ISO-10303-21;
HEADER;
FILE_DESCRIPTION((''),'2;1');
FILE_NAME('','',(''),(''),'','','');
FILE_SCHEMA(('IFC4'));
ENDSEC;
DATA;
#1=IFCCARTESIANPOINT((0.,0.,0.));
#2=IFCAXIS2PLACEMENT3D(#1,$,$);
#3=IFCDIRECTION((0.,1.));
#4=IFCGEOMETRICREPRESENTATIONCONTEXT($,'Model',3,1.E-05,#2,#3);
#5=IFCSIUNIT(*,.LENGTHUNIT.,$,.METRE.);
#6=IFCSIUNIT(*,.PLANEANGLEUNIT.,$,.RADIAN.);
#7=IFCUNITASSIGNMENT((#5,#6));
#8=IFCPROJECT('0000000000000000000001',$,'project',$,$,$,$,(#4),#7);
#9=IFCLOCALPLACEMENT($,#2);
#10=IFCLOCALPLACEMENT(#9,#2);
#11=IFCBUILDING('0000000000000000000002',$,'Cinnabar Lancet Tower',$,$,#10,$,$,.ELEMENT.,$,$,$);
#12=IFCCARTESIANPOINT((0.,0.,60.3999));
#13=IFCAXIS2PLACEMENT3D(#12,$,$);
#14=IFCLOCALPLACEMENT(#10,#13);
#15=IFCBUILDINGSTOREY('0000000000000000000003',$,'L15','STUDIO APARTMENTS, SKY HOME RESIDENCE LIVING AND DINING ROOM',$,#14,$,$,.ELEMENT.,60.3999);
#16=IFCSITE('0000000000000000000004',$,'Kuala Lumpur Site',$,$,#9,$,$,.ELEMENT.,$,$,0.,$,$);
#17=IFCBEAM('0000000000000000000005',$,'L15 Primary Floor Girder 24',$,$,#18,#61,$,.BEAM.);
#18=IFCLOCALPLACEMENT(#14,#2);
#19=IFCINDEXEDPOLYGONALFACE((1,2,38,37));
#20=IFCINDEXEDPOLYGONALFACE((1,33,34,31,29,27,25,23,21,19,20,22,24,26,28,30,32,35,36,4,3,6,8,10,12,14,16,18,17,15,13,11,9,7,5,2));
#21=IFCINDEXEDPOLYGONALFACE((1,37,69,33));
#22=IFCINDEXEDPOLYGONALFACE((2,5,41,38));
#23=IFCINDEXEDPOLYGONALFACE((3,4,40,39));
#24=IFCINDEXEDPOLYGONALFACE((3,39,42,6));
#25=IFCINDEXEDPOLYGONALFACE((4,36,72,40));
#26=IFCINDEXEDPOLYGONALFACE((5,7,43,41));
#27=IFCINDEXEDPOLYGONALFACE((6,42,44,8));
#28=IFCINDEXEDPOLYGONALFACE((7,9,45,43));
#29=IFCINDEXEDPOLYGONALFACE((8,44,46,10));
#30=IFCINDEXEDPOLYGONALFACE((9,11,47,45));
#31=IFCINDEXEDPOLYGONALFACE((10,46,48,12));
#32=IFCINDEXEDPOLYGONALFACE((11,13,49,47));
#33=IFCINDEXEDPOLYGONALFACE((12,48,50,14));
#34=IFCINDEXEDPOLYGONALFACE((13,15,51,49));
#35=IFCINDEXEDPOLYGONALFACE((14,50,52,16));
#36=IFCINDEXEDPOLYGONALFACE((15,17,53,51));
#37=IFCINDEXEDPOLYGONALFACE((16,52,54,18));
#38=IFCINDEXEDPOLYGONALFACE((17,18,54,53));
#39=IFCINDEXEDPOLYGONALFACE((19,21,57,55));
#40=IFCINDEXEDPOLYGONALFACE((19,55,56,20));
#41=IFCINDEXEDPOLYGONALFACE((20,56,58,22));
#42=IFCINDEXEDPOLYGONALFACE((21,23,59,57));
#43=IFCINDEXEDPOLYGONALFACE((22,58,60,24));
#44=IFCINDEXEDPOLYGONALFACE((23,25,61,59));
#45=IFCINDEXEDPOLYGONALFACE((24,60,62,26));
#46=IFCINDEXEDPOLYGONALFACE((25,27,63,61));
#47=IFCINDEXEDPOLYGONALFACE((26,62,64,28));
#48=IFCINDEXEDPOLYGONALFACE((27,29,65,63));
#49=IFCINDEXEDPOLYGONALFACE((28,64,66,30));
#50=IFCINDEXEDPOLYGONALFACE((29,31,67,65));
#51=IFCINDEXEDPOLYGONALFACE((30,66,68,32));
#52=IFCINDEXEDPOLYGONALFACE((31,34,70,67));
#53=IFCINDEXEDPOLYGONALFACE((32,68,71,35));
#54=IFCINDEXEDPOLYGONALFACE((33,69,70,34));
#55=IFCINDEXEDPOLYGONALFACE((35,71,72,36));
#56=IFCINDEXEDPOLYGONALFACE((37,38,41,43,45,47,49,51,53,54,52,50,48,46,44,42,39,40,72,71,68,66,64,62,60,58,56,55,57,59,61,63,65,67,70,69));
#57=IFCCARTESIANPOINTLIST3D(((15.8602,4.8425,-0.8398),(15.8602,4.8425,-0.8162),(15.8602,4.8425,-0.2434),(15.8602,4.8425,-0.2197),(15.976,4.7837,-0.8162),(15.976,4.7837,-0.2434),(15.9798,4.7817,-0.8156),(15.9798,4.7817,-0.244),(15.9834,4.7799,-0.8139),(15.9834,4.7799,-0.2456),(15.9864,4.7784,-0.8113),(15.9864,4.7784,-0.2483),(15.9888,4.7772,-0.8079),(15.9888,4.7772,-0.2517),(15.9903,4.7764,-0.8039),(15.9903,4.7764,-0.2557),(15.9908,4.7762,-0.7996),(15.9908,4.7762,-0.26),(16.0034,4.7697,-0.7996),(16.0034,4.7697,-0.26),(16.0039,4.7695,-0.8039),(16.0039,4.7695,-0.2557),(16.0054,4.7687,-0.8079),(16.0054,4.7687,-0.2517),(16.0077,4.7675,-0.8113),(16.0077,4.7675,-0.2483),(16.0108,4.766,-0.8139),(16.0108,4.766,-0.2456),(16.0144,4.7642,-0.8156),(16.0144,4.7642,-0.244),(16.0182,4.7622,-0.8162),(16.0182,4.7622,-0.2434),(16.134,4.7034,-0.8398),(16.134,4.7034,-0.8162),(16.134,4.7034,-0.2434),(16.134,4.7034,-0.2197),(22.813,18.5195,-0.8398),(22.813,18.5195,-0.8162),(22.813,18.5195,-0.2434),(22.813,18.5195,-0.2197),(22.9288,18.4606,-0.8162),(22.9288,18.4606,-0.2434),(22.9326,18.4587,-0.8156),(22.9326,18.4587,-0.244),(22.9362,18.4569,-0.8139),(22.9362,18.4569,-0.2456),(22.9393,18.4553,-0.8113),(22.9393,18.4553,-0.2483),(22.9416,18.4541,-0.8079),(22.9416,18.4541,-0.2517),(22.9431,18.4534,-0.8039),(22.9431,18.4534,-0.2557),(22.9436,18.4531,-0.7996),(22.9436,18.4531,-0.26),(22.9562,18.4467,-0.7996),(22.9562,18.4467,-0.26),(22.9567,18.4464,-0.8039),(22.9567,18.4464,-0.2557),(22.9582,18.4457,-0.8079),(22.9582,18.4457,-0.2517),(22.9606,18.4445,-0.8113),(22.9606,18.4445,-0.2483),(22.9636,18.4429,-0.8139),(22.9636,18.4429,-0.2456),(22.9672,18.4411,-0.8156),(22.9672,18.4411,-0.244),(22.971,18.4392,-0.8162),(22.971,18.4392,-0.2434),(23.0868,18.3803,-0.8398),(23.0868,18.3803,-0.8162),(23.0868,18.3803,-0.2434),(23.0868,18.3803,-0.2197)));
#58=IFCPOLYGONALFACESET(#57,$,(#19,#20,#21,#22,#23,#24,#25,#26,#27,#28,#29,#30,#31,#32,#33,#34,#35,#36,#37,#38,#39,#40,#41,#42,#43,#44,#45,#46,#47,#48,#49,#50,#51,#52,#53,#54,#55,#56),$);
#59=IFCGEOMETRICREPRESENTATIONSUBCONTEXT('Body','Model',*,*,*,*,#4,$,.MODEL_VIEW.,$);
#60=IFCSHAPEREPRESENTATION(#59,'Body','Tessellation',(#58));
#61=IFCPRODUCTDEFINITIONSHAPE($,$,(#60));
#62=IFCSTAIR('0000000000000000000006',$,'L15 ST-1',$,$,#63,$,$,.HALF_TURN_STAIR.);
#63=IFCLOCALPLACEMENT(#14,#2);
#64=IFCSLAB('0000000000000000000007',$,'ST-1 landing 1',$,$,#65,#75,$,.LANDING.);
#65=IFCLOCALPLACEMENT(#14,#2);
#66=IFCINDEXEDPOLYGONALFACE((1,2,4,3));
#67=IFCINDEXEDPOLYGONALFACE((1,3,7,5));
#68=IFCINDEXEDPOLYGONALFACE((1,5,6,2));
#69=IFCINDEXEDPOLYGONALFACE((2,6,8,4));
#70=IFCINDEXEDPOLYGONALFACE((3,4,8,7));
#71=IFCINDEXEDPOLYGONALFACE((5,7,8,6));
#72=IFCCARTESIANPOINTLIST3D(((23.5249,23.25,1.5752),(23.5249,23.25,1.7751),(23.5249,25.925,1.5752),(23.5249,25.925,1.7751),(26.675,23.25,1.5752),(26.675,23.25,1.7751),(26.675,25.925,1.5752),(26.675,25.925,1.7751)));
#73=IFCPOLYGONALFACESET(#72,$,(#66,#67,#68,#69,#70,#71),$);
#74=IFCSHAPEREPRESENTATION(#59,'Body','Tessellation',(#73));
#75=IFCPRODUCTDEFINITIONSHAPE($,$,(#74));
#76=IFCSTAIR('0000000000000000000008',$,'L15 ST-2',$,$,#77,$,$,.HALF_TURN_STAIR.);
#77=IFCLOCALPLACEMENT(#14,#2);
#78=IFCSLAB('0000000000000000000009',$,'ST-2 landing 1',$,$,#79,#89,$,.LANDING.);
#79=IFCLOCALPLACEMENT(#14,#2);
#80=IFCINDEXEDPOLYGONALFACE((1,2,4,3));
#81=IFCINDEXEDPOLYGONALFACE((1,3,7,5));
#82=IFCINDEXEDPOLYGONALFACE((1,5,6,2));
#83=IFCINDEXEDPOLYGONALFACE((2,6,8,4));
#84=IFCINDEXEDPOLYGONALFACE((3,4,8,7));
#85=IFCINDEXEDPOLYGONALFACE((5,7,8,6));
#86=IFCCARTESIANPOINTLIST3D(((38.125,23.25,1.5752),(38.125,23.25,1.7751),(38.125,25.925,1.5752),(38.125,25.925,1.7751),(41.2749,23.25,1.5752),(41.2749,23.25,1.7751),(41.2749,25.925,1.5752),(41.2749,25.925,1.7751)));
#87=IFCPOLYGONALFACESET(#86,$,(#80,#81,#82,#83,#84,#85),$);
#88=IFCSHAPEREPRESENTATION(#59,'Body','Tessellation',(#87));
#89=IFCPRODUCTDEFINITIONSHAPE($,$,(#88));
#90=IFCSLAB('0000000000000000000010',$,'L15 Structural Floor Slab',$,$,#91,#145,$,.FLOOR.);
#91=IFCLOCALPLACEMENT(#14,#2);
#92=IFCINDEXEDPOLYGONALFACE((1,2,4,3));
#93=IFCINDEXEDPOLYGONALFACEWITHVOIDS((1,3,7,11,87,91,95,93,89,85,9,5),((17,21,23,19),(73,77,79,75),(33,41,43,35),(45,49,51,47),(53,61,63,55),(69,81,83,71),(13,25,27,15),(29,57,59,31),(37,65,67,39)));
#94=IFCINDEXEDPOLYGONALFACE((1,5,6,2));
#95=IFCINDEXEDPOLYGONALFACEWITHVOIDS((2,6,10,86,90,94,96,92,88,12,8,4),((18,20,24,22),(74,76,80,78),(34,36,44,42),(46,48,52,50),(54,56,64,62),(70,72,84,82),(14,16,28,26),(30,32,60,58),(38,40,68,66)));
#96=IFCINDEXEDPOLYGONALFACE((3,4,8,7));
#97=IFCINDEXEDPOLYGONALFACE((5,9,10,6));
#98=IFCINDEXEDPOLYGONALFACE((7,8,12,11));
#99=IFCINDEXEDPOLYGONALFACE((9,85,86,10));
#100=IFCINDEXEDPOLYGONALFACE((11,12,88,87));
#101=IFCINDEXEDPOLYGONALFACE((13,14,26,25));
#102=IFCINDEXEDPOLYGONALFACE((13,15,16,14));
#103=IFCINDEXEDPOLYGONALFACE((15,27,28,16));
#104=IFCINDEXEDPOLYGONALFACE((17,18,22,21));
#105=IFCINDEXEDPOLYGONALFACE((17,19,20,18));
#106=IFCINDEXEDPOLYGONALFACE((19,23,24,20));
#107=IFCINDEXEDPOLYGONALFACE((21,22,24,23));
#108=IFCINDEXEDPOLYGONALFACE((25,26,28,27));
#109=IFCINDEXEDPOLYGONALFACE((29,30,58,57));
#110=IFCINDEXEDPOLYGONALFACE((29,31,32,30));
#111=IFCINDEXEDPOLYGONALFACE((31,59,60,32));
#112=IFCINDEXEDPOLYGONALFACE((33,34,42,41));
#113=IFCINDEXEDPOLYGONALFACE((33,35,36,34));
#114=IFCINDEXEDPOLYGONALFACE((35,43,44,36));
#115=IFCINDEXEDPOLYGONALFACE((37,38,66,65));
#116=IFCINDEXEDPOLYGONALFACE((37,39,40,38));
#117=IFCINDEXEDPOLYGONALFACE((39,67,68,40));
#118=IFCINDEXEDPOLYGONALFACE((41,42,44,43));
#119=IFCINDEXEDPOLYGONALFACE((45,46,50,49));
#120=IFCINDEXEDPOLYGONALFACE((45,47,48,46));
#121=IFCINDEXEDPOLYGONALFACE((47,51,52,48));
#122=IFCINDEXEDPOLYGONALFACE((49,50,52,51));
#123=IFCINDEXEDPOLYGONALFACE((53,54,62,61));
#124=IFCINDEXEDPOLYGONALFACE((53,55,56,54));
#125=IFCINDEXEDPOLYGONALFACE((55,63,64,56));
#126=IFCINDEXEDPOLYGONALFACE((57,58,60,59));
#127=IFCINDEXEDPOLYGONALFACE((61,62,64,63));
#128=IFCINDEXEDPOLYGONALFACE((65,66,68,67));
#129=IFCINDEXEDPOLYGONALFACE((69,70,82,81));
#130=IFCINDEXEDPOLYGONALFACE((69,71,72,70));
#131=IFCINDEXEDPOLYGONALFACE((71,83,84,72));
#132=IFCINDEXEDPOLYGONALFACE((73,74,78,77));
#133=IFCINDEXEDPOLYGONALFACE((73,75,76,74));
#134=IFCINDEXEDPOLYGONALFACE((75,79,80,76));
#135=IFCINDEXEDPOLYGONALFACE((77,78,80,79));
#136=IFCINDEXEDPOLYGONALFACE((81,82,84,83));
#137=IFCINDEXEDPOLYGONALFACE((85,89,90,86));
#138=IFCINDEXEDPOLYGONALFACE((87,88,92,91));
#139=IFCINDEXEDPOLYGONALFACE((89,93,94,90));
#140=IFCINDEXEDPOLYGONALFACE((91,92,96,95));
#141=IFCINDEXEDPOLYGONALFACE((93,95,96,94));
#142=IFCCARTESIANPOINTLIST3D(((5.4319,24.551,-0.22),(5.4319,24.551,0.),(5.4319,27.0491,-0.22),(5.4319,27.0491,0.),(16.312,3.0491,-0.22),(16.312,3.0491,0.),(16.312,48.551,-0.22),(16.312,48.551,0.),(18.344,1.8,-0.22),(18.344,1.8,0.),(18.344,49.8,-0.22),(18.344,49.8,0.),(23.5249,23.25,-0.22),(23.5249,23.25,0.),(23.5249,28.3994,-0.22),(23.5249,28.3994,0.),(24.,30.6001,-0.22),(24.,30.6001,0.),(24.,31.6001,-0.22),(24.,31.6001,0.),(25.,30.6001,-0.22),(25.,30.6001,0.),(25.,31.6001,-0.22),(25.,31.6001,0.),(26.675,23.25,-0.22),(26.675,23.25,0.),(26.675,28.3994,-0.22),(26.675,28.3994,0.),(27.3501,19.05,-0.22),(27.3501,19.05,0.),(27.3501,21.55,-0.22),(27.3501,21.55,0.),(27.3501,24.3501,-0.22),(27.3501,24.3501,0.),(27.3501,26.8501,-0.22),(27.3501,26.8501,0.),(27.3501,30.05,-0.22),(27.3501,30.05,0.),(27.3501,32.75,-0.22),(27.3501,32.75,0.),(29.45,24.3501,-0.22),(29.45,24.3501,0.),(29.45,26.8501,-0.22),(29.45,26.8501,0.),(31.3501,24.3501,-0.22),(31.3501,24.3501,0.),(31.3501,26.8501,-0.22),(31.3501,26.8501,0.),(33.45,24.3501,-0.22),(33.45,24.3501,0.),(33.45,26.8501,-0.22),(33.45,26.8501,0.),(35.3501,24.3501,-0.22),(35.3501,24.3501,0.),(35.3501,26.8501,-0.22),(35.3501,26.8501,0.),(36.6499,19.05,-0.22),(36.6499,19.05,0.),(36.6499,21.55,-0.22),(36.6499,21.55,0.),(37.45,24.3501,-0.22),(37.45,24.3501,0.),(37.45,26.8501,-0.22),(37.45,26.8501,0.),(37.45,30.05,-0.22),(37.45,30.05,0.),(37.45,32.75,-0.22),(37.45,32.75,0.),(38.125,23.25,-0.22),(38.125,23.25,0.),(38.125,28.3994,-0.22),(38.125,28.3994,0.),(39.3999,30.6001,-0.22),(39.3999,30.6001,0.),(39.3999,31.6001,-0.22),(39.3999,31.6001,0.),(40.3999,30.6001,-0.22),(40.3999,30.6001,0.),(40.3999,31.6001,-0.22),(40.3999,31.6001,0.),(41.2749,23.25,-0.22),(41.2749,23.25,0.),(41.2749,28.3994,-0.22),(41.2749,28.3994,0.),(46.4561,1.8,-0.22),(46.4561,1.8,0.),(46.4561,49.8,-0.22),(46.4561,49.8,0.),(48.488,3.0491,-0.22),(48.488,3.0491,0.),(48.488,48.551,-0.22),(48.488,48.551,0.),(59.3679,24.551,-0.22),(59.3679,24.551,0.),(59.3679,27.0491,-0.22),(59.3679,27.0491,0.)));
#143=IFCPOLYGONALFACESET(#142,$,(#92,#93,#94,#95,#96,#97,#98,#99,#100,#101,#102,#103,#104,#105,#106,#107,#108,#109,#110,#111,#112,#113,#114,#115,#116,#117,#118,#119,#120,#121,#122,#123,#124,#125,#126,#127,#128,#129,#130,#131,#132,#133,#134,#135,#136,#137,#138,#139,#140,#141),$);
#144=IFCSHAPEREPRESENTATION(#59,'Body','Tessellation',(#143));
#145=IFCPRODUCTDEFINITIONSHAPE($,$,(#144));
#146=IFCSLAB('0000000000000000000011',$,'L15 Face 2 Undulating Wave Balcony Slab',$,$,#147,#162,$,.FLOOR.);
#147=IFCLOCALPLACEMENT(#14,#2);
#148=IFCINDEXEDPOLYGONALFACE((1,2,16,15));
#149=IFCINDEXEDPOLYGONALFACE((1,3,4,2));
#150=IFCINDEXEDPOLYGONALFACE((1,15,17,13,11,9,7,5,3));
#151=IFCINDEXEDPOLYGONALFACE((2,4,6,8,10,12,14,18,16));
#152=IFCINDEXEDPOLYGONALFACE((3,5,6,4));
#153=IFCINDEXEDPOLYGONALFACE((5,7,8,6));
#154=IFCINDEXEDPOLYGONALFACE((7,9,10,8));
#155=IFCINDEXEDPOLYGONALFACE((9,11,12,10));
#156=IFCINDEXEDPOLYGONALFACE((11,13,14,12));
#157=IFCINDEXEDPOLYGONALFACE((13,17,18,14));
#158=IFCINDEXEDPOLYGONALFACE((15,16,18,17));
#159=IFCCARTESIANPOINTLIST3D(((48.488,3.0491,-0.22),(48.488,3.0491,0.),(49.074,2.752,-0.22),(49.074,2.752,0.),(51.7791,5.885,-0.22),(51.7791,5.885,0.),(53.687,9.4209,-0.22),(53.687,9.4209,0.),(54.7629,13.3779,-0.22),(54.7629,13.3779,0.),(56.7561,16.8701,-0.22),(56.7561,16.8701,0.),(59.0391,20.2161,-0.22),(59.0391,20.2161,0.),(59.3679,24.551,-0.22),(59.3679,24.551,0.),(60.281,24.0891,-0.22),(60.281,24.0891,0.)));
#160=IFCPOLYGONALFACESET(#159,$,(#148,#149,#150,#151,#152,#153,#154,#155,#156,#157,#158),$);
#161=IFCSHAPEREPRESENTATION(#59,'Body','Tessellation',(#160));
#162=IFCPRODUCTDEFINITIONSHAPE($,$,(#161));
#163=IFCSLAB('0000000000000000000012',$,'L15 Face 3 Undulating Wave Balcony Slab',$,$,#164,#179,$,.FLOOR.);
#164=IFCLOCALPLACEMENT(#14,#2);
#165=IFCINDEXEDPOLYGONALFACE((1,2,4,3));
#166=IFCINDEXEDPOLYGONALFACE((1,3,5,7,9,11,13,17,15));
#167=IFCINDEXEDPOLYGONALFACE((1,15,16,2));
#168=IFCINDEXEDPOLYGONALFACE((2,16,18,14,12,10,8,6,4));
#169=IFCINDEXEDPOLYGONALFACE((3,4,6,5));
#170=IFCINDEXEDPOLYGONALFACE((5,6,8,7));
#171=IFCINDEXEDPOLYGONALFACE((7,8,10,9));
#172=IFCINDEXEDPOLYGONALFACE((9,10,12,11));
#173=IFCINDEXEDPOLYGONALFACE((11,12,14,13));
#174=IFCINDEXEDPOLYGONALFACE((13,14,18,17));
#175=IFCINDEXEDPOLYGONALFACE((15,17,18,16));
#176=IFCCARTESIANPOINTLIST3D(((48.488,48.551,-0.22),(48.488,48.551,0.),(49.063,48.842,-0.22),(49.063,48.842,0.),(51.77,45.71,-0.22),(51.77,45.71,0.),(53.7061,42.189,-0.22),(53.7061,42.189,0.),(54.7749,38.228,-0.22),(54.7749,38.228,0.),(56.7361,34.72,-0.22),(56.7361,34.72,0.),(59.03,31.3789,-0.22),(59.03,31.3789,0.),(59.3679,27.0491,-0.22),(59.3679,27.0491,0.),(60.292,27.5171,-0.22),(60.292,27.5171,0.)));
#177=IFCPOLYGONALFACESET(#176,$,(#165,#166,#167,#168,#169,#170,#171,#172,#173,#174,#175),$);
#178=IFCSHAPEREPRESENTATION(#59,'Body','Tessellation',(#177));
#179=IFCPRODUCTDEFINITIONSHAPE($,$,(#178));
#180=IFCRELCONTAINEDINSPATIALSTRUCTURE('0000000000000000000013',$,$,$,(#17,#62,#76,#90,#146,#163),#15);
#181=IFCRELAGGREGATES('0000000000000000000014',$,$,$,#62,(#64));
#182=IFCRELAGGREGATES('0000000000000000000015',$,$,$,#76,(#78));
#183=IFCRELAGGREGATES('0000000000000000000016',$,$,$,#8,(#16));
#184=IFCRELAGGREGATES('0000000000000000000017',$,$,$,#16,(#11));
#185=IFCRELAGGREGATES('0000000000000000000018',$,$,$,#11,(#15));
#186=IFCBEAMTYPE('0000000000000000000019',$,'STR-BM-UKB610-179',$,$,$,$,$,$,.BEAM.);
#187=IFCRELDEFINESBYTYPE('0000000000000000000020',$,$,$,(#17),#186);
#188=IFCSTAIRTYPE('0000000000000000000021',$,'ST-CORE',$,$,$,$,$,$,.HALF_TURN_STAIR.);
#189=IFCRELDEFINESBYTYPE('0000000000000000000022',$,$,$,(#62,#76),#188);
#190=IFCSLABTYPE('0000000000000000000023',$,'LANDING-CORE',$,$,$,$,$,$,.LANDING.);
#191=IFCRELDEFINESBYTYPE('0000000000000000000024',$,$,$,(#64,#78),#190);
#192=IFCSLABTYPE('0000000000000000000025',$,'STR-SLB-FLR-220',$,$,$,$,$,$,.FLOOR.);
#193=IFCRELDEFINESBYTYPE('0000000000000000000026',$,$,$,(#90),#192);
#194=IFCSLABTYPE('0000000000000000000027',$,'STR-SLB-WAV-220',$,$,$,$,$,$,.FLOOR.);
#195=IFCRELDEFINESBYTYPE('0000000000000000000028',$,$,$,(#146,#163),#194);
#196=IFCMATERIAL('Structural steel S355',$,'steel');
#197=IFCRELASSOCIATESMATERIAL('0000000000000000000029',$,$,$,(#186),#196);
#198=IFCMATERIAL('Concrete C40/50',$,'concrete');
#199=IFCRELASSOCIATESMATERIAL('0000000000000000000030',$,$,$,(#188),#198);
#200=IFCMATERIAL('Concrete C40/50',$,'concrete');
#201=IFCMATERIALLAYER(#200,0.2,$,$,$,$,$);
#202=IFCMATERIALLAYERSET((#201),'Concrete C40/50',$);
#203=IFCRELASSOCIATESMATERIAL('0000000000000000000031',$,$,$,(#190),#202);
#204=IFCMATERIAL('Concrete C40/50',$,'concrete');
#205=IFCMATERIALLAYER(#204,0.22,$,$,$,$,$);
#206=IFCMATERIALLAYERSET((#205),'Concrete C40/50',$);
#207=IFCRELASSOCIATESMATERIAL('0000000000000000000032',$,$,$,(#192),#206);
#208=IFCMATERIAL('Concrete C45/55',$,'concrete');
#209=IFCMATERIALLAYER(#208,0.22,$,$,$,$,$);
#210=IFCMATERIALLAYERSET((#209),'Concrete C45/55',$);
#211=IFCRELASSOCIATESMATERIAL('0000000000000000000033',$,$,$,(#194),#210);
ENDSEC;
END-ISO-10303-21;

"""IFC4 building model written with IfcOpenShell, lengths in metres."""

from ifc_helpers import new_model, si_unit, direction, frame, origin, origin_2d, place, context, subcontext, project, spatial, polyline, i_section, outline, extrude, material, layer, layer_set, material_profile, profile_set, type_object, element, aggregate, save


model = new_model("IFC4")

# Units and contexts
model_context = context("Model", 3, precision=1e-05, world=origin(), true_north=direction((0.0, 1.0)))
body_context = subcontext(model_context, "Body", "Model", "MODEL_VIEW")
ifc_project = project(units=[si_unit("LENGTHUNIT", "METRE"), si_unit("PLANEANGLEUNIT", "RADIAN")], contexts=[model_context])

# Site, building, storey
site_placement = place(None, origin())
site = spatial("IfcSite", under=ifc_project, at=site_placement, Name="Kuala Lumpur Site", CompositionType="ELEMENT", RefElevation=0.0)
building_placement = place(site_placement, origin())
building = spatial("IfcBuilding", under=site, at=building_placement, Name="Cinnabar Lancet Tower", CompositionType="ELEMENT")
storey_placement = place(building_placement, frame((0.0, 0.0, 60.3999)))
storey = spatial("IfcBuildingStorey", under=building, at=storey_placement, Name="L15", Description="STUDIO APARTMENTS, SKY HOME RESIDENCE LIVING AND DINING ROOM", CompositionType="ELEMENT", Elevation=60.3999)

# Beam
ifc_material_1 = material(Name="Structural steel S355", Category="steel")
ifc_material_profile_1 = material_profile(ifc_material_1, i_section(OverallWidth=0.3071, OverallDepth=0.6201, WebThickness=0.0142, FlangeThickness=0.0237, FilletRadius=0.0166, at=origin_2d()), Name="UKB 610x305x179")
ifc_profile_set_1 = profile_set([ifc_material_profile_1], Name="Structural steel S355")
beam_type_1 = type_object("IfcBeamType", Name="STR-BM-UKB610-179", PredefinedType="BEAM", material=ifc_profile_set_1)
beam_1_placement = place(storey_placement, frame((15.9971, 4.7729, -0.5298), z_axis=(0.453168, 0.891425, 0.0), x_axis=(-0.891425, 0.453168, 0.0)))
element("IfcBeam", 1, at=beam_1_placement, inside=storey, type_object=beam_type_1, Name="L15 Primary Floor Girder 24", PredefinedType="BEAM", context=body_context, shape_type="SweptSolid", body=[
    extrude(i_section(OverallWidth=0.3071, OverallDepth=0.6201, WebThickness=0.0142, FlangeThickness=0.0237, FilletRadius=0.0166, at=origin_2d()), origin(), (0.0, 0.0, 1.0), 15.3428),
])

# Stairs, slabs
ifc_material_2 = material(Name="Concrete C40/50", Category="concrete")
stair_type = type_object("IfcStairType", Name="ST-CORE", PredefinedType="HALF_TURN_STAIR", material=ifc_material_2)
stair_1_placement = place(storey_placement, origin())
stair_1 = element("IfcStair", 2, at=stair_1_placement, inside=storey, type_object=stair_type, Name="L15 ST-1", PredefinedType="HALF_TURN_STAIR")
ifc_material_3 = material(Name="Concrete C40/50", Category="concrete")
ifc_layer_1 = layer(ifc_material_3, 0.2)
ifc_layer_set_1 = layer_set([ifc_layer_1], Name="Concrete C40/50")
slab_type_1 = type_object("IfcSlabType", Name="LANDING-CORE", PredefinedType="LANDING", material=ifc_layer_set_1)
slab_1_placement = place(storey_placement, frame((0.0, 0.0, 1.5752)))
slab_1 = element("IfcSlab", 3, at=slab_1_placement, type_object=slab_type_1, Name="ST-1 landing 1", PredefinedType="LANDING", context=body_context, shape_type="SweptSolid", body=[
    extrude(outline(polyline([(23.5249, 25.925), (23.5249, 23.25), (26.675, 23.25), (26.675, 25.925), (23.5249, 25.925)])), origin(), (0.0, 0.0, 1.0), 0.2),
])
aggregate(stair_1, [slab_1])
stair_2_placement = place(storey_placement, origin())
stair_2 = element("IfcStair", 4, at=stair_2_placement, inside=storey, type_object=stair_type, Name="L15 ST-2", PredefinedType="HALF_TURN_STAIR")
slab_2_placement = place(storey_placement, frame((0.0, 0.0, 1.5752)))
slab_2 = element("IfcSlab", 5, at=slab_2_placement, type_object=slab_type_1, Name="ST-2 landing 1", PredefinedType="LANDING", context=body_context, shape_type="SweptSolid", body=[
    extrude(outline(polyline([(38.125, 25.925), (38.125, 23.25), (41.2749, 23.25), (41.2749, 25.925), (38.125, 25.925)])), origin(), (0.0, 0.0, 1.0), 0.2),
])
aggregate(stair_2, [slab_2])

# Slabs
ifc_material_4 = material(Name="Concrete C40/50", Category="concrete")
ifc_layer_2 = layer(ifc_material_4, 0.22)
ifc_layer_set_2 = layer_set([ifc_layer_2], Name="Concrete C40/50")
slab_type_2 = type_object("IfcSlabType", Name="STR-SLB-FLR-220", PredefinedType="FLOOR", material=ifc_layer_set_2)
slab_3_placement = place(storey_placement, frame((0.0, 0.0, -0.22)))
element("IfcSlab", 6, at=slab_3_placement, inside=storey, type_object=slab_type_2, Name="L15 Structural Floor Slab", PredefinedType="FLOOR", context=body_context, shape_type="SweptSolid", body=[
    extrude(outline(polyline([(16.312, 3.0491), (18.344, 1.8), (46.4561, 1.8), (48.488, 3.0491), (59.3679, 24.551), (59.3679, 27.0491), (48.488, 48.551), (46.4561, 49.8), (18.344, 49.8), (16.312, 48.551), (5.4319, 27.0491), (5.4319, 24.551), (16.312, 3.0491)]), holes=[polyline([(23.5249, 23.25), (26.675, 23.25), (26.675, 28.3994), (23.5249, 28.3994), (23.5249, 23.25)]), polyline([(38.125, 23.25), (41.2749, 23.25), (41.2749, 28.3994), (38.125, 28.3994), (38.125, 23.25)]), polyline([(27.3501, 30.05), (37.45, 30.05), (37.45, 32.75), (27.3501, 32.75), (27.3501, 30.05)]), polyline([(27.3501, 19.05), (36.6499, 19.05), (36.6499, 21.55), (27.3501, 21.55), (27.3501, 19.05)]), polyline([(27.3501, 24.3501), (29.45, 24.3501), (29.45, 26.8501), (27.3501, 26.8501), (27.3501, 24.3501)]), polyline([(35.3501, 24.3501), (37.45, 24.3501), (37.45, 26.8501), (35.3501, 26.8501), (35.3501, 24.3501)]), polyline([(31.3501, 24.3501), (33.45, 24.3501), (33.45, 26.8501), (31.3501, 26.8501), (31.3501, 24.3501)]), polyline([(24.0, 30.6001), (25.0, 30.6001), (25.0, 31.6001), (24.0, 31.6001), (24.0, 30.6001)]), polyline([(39.3999, 30.6001), (40.3999, 30.6001), (40.3999, 31.6001), (39.3999, 31.6001), (39.3999, 30.6001)])]), origin(), (0.0, 0.0, 1.0), 0.22),
])
ifc_material_5 = material(Name="Concrete C45/55", Category="concrete")
ifc_layer_3 = layer(ifc_material_5, 0.22)
ifc_layer_set_3 = layer_set([ifc_layer_3], Name="Concrete C45/55")
slab_type_3 = type_object("IfcSlabType", Name="STR-SLB-WAV-220", PredefinedType="FLOOR", material=ifc_layer_set_3)
slab_4_placement = place(storey_placement, frame((0.0, 0.0, -0.22)))
element("IfcSlab", 7, at=slab_4_placement, inside=storey, type_object=slab_type_3, Name="L15 Face 2 Undulating Wave Balcony Slab", PredefinedType="FLOOR", context=body_context, shape_type="SweptSolid", body=[
    extrude(outline(polyline([(48.488, 3.0491), (49.074, 2.752), (51.7791, 5.885), (53.687, 9.4209), (54.7629, 13.3779), (56.7561, 16.8701), (59.0391, 20.2161), (60.281, 24.0891), (59.3679, 24.551), (48.488, 3.0491)])), origin(), (0.0, 0.0, 1.0), 0.22),
])
slab_5_placement = place(storey_placement, frame((0.0, 0.0, -0.22)))
element("IfcSlab", 8, at=slab_5_placement, inside=storey, type_object=slab_type_3, Name="L15 Face 3 Undulating Wave Balcony Slab", PredefinedType="FLOOR", context=body_context, shape_type="SweptSolid", body=[
    extrude(outline(polyline([(59.3679, 27.0491), (60.292, 27.5171), (59.03, 31.3789), (56.7361, 34.72), (54.7749, 38.228), (53.7061, 42.189), (51.77, 45.71), (49.063, 48.842), (48.488, 48.551), (59.3679, 27.0491)])), origin(), (0.0, 0.0, 1.0), 0.22),
])

save(model, "model.ifc")
